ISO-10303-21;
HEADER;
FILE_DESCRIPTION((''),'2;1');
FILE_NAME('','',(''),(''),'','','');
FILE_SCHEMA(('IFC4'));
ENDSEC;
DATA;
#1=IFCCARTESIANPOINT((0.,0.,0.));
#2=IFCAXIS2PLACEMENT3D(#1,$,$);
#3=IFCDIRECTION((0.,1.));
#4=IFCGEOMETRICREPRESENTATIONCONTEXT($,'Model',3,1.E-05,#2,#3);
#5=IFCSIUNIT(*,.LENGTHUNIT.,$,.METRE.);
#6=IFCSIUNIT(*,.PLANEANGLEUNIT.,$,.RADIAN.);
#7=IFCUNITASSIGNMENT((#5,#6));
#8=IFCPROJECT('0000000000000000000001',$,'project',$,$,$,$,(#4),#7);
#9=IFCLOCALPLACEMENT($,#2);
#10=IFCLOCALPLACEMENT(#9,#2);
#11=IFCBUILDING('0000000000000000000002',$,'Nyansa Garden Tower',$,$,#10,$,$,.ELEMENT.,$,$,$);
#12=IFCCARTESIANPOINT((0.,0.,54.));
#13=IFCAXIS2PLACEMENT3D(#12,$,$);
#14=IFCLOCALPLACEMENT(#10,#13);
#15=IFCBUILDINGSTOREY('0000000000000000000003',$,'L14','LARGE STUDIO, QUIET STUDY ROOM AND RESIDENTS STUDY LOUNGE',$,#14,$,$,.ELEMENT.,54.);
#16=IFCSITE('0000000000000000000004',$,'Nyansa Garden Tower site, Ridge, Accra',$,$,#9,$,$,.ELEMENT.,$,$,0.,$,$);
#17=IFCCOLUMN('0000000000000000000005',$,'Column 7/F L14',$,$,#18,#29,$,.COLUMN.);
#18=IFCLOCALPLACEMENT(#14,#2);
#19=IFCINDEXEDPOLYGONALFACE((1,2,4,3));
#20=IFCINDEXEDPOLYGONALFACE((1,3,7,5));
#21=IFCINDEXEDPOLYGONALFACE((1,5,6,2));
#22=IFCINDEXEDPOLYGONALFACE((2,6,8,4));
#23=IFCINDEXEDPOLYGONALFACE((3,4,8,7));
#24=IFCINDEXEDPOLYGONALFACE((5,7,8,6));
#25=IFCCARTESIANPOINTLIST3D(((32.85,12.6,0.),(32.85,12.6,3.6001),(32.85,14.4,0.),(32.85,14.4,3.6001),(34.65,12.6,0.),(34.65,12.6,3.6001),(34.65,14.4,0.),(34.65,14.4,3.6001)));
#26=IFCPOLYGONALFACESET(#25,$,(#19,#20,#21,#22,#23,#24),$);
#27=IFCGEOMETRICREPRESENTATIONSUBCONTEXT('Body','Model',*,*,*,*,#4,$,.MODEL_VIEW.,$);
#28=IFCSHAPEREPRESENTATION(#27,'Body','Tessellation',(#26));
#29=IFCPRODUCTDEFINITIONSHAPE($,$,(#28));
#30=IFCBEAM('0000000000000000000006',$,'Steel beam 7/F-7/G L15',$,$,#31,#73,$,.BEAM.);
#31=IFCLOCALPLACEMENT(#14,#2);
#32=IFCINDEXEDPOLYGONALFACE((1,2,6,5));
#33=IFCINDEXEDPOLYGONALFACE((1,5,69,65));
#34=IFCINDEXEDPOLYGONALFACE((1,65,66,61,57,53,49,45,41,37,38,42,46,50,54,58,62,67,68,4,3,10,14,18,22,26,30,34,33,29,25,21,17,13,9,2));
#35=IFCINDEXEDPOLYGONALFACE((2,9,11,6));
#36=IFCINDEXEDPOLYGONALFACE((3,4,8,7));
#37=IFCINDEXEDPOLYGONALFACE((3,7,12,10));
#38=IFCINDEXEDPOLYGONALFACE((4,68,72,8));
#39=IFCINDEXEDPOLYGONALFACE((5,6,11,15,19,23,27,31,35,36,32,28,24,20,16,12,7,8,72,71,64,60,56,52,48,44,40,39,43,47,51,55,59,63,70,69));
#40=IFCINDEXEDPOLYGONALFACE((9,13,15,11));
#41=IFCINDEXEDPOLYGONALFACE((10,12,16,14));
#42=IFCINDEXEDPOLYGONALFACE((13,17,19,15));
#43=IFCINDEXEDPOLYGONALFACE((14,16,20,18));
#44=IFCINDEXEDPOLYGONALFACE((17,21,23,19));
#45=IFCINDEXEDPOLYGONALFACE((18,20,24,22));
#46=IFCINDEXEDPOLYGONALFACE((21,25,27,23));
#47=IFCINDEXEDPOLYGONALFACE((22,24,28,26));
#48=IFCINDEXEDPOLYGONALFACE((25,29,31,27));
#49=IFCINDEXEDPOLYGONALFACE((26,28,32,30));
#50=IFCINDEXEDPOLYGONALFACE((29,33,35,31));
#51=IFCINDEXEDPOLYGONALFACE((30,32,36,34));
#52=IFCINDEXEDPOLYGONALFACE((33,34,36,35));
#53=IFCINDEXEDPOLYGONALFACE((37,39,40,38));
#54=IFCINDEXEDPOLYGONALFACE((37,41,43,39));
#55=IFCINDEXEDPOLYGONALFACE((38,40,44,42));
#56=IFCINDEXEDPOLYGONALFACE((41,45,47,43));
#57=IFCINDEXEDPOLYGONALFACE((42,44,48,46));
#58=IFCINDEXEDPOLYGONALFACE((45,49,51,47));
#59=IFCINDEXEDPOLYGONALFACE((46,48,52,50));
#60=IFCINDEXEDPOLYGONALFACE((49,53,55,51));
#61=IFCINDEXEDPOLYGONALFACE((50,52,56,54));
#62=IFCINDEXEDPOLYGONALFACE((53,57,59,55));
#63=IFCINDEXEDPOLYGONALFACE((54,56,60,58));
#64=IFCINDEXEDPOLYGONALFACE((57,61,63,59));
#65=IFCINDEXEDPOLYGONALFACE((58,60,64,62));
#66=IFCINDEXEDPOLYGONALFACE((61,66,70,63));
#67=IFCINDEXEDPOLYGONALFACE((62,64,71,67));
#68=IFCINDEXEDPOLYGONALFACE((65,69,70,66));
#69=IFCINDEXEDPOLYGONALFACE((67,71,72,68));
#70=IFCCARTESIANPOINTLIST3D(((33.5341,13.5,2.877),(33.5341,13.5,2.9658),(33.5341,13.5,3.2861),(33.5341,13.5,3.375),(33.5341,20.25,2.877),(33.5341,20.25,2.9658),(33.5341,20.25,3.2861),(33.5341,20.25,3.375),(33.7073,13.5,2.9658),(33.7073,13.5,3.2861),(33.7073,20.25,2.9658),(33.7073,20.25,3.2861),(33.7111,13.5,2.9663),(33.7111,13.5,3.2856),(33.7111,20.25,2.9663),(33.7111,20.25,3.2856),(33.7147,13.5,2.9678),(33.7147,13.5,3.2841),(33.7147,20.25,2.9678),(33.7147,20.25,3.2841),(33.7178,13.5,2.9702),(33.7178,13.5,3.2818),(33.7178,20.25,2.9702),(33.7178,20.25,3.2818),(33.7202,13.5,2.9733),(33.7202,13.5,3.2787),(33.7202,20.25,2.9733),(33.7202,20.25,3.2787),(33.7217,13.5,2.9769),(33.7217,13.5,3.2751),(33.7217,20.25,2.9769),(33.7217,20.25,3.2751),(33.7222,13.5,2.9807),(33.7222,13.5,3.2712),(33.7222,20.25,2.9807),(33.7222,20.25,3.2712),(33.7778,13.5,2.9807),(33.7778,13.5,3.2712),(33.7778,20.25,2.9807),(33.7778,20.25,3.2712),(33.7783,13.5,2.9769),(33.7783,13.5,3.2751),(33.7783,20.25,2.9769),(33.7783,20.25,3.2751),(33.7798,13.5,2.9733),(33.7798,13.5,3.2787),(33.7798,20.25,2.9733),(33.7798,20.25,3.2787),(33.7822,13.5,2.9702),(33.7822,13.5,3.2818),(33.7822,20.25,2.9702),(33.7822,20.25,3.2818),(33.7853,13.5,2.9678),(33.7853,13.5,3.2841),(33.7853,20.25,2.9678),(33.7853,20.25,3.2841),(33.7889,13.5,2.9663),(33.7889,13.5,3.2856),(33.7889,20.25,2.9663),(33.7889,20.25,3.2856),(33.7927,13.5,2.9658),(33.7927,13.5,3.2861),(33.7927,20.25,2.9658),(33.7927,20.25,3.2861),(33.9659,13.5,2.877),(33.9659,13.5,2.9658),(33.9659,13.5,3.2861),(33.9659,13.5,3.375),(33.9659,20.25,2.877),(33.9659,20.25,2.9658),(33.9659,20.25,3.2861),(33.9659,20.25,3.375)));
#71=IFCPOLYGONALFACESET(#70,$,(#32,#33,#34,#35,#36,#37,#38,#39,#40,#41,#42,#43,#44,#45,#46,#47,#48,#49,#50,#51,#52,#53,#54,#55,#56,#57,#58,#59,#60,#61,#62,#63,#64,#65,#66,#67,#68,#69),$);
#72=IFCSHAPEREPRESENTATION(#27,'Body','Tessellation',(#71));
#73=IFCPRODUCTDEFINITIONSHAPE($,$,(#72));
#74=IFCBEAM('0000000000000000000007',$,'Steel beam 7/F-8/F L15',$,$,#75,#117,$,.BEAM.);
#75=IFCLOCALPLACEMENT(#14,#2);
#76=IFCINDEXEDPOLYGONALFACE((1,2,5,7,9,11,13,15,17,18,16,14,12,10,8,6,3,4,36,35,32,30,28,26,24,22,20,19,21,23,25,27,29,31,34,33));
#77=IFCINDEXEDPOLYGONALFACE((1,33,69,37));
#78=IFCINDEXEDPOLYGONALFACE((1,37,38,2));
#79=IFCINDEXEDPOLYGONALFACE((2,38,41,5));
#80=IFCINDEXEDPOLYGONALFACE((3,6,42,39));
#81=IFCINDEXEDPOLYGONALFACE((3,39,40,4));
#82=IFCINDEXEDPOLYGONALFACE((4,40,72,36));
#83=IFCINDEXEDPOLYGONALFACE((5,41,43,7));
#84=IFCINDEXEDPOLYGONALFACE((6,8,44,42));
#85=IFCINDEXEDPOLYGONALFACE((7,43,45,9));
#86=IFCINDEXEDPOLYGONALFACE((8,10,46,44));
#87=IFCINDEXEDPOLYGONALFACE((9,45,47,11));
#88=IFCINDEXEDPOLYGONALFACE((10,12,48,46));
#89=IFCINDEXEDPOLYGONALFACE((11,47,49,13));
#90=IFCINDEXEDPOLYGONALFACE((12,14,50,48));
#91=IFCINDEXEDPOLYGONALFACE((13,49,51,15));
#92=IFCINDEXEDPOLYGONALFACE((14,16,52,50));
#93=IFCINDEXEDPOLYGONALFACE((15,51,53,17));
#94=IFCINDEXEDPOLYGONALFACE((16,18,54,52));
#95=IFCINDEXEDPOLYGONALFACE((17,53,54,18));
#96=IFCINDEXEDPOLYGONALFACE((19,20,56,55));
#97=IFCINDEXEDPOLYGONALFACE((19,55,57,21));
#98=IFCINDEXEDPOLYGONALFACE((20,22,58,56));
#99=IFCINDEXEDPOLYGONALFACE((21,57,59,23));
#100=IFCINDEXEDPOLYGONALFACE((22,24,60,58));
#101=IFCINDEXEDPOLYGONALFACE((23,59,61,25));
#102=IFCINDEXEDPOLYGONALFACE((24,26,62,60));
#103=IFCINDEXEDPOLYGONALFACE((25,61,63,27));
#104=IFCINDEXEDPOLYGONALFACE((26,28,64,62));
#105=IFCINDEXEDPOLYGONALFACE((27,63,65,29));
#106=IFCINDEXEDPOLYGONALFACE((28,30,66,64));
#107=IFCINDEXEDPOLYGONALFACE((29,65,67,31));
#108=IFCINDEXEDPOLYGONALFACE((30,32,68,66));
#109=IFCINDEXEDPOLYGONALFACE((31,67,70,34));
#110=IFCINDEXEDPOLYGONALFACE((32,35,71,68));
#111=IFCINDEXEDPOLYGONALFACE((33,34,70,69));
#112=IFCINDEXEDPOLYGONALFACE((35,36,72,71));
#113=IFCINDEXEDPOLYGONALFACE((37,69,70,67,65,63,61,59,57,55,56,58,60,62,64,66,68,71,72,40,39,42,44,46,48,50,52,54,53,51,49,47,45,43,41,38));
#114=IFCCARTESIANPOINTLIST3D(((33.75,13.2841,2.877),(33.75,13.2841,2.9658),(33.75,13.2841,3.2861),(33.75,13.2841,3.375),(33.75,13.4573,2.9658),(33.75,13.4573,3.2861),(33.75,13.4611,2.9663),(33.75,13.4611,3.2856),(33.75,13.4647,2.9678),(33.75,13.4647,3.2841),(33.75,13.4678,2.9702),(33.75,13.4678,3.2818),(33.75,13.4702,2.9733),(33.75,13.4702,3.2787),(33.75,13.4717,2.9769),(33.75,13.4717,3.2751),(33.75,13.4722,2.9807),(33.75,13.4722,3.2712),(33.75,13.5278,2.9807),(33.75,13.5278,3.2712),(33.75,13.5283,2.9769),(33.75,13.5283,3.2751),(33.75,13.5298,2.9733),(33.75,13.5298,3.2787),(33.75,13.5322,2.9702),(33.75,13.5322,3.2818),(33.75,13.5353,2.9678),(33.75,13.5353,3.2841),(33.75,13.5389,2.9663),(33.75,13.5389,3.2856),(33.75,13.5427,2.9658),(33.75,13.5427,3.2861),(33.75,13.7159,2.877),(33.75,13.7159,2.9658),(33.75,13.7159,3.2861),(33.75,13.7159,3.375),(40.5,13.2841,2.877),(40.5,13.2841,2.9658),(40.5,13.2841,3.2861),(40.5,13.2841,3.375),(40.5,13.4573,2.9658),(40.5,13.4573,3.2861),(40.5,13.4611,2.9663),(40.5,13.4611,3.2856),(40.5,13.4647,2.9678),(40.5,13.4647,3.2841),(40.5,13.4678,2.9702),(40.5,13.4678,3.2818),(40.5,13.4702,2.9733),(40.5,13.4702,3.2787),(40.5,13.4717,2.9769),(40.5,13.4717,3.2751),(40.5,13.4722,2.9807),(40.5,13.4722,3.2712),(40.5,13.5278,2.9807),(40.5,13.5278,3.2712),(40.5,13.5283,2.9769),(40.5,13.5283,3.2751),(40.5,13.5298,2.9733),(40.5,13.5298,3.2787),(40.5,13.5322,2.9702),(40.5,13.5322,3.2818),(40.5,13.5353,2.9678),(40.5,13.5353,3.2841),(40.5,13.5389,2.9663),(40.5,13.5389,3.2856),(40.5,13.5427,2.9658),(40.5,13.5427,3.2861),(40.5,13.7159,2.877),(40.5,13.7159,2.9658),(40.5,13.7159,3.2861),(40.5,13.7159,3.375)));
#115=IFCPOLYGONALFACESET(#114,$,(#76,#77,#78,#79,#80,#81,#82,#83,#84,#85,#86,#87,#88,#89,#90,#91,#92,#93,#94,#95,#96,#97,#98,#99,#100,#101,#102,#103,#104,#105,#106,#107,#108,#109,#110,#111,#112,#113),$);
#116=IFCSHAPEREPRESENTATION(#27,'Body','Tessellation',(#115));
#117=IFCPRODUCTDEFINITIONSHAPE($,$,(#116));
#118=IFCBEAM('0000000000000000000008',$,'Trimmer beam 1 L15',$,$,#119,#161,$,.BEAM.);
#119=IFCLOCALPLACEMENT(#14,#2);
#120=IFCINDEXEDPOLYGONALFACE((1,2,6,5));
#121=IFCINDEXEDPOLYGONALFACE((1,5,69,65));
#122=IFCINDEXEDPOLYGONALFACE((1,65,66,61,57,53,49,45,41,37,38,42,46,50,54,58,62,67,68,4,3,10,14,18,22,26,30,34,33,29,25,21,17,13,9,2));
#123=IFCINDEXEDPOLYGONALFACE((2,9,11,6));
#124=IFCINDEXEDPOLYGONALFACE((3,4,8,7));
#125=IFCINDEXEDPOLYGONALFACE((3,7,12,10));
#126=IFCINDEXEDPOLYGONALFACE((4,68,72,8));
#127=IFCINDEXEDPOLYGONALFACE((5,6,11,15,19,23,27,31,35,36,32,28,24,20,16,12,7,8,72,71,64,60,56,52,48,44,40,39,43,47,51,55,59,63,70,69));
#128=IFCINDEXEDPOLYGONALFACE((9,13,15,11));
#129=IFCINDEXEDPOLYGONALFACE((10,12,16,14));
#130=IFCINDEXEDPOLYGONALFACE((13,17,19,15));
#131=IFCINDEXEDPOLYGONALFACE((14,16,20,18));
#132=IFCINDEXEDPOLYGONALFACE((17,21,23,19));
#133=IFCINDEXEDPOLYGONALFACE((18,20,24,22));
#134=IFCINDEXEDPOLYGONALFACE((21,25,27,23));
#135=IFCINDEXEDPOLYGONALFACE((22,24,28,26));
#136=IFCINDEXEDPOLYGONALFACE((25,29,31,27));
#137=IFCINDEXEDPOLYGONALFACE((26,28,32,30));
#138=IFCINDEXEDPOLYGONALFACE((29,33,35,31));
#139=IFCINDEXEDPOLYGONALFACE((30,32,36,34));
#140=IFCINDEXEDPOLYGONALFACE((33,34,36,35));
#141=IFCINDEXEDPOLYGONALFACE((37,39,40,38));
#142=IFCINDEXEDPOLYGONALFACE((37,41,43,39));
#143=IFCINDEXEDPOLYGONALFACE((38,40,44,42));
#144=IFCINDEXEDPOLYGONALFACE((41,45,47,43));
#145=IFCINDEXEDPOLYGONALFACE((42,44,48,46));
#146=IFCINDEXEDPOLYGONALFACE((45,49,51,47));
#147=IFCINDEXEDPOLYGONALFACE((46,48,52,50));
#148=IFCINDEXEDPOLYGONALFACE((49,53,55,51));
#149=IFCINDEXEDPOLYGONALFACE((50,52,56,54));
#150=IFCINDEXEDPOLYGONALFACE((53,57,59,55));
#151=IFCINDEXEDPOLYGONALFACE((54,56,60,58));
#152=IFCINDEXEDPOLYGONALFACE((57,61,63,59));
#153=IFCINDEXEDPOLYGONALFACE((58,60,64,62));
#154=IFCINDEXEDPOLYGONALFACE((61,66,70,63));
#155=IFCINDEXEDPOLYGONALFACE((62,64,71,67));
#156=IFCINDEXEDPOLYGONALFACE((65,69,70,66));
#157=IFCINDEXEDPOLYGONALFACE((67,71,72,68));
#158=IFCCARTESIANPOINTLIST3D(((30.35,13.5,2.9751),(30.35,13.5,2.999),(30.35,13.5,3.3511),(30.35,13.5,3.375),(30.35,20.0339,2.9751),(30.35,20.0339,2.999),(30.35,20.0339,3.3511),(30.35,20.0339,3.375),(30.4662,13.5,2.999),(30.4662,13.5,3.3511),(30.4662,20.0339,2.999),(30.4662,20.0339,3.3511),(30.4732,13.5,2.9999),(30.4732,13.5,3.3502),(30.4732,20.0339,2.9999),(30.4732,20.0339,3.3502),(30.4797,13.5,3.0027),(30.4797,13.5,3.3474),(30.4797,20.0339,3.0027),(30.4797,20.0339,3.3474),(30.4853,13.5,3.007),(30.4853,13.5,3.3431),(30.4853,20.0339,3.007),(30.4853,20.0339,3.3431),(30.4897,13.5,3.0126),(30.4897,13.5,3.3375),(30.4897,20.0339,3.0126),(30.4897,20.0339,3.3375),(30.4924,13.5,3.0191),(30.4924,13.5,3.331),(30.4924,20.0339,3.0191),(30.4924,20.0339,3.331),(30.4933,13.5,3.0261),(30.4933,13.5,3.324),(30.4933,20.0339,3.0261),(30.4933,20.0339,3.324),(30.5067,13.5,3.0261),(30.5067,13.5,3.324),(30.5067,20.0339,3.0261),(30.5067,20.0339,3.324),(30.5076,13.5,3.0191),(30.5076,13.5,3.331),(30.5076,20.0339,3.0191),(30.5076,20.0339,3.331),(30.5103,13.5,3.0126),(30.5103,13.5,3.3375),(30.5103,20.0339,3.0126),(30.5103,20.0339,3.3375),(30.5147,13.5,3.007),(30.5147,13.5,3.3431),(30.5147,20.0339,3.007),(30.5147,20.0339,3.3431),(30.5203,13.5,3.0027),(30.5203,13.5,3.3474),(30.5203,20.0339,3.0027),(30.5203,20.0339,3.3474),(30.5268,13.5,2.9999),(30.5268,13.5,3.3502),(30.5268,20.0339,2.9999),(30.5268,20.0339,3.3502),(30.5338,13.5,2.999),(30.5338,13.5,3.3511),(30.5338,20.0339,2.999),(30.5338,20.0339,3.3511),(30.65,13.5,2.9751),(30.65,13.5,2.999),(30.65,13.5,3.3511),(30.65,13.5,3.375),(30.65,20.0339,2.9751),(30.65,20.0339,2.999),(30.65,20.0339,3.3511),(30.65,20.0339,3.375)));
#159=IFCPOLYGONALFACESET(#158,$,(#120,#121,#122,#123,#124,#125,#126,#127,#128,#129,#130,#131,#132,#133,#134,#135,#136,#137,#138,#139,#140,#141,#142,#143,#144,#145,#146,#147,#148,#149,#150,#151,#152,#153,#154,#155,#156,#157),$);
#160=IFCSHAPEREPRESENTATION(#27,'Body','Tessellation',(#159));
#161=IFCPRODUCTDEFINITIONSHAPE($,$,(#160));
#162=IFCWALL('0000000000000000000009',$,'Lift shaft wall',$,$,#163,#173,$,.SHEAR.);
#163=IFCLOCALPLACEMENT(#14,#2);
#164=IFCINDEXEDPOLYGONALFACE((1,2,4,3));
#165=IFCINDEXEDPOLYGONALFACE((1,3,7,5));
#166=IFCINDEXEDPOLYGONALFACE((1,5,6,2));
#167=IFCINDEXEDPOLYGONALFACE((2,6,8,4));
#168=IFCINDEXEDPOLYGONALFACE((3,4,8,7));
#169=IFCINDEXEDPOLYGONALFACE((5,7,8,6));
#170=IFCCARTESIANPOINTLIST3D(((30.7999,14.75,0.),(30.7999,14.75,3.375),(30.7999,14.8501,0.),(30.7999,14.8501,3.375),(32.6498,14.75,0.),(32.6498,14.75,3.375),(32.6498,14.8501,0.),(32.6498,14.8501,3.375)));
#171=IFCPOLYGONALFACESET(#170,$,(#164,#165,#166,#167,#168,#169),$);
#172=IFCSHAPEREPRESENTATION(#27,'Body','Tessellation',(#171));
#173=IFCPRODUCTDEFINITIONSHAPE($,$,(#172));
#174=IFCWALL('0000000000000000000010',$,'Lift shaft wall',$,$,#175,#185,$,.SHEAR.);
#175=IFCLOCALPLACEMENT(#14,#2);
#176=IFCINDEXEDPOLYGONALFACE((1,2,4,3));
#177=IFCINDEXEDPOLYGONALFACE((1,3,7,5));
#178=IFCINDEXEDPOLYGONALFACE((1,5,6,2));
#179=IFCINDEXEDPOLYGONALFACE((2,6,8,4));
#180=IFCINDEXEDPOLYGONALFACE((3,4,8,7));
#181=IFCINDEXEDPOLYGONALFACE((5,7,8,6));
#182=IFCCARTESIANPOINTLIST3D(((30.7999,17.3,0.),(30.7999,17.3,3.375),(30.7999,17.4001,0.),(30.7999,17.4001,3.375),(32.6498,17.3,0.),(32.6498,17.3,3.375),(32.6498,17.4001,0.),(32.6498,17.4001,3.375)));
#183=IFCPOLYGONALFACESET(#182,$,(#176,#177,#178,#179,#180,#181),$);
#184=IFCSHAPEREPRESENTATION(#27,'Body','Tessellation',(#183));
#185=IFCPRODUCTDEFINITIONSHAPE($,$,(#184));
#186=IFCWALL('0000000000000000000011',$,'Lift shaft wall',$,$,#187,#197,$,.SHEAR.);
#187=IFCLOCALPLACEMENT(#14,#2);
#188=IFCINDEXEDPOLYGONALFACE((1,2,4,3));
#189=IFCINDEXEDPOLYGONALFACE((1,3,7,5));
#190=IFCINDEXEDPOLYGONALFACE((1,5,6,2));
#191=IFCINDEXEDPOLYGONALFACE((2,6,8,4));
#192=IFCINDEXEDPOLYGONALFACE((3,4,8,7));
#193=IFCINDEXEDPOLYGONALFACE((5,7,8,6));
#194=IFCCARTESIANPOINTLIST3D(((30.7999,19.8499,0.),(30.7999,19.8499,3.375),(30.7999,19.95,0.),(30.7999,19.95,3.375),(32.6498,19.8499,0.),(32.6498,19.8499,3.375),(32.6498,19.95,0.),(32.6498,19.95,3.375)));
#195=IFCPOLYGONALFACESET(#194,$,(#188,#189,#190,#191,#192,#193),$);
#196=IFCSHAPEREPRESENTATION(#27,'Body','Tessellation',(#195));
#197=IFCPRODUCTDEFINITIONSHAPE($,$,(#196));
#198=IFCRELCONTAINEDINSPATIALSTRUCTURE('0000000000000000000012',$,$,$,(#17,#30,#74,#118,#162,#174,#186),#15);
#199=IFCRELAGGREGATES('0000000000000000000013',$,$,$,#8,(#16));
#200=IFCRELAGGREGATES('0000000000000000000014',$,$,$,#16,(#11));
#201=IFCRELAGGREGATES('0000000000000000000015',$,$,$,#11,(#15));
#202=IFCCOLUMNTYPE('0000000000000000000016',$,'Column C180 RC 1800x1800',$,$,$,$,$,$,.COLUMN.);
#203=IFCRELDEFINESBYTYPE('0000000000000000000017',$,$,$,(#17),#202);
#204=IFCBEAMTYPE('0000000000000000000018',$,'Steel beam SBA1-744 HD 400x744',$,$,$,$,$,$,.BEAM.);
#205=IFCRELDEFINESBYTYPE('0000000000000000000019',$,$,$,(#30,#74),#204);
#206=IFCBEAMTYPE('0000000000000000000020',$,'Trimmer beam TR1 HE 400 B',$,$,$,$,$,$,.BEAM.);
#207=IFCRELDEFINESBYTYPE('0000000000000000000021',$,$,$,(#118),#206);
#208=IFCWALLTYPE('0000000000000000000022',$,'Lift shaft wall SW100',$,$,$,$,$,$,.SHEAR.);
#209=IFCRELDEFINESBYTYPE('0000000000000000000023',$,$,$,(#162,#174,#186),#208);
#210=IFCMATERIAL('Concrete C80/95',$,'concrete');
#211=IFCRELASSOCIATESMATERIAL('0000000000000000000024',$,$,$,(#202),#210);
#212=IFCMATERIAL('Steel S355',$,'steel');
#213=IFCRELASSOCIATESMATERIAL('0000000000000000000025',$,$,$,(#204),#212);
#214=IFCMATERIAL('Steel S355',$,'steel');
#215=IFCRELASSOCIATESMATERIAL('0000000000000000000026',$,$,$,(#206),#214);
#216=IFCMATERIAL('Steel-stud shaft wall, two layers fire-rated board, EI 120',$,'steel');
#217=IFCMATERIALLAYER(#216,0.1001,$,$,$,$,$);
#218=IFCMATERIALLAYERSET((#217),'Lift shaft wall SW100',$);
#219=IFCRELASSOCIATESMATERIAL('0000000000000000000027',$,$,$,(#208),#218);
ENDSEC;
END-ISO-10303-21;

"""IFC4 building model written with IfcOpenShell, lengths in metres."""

from ifc_helpers import new_model, si_unit, direction, frame, frame_2d, origin, origin_2d, place, context, subcontext, project, spatial, rectangle, i_section, extrude, material, layer, layer_set, material_profile, profile_set, type_object, element, save


model = new_model("IFC4")

# Units and contexts
model_context = context("Model", 3, precision=1e-05, world=origin(), true_north=direction((0.0, 1.0)))
body_context = subcontext(model_context, "Body", "Model", "MODEL_VIEW")
ifc_project = project(units=[si_unit("LENGTHUNIT", "METRE"), si_unit("PLANEANGLEUNIT", "RADIAN")], contexts=[model_context])

# Site, building, storey
site_placement = place(None, origin())
site = spatial("IfcSite", under=ifc_project, at=site_placement, Name="Nyansa Garden Tower site, Ridge, Accra", CompositionType="ELEMENT", RefElevation=0.0)
building_placement = place(site_placement, origin())
building = spatial("IfcBuilding", under=site, at=building_placement, Name="Nyansa Garden Tower", CompositionType="ELEMENT")
storey_placement = place(building_placement, frame((0.0, 0.0, 54.0)))
storey = spatial("IfcBuildingStorey", under=building, at=storey_placement, Name="L14", Description="LARGE STUDIO, QUIET STUDY ROOM AND RESIDENTS STUDY LOUNGE", CompositionType="ELEMENT", Elevation=54.0)

# Column
ifc_material_1 = material(Name="Concrete C80/95", Category="concrete")
ifc_material_profile_1 = material_profile(ifc_material_1, rectangle(XDim=1.8, YDim=1.8, at=origin_2d()), Name="RC 1800x1800")
ifc_profile_set_1 = profile_set([ifc_material_profile_1], Name="Concrete C80/95")
column_type = type_object("IfcColumnType", Name="Column C180 RC 1800x1800", PredefinedType="COLUMN", material=ifc_profile_set_1)
column_placement = place(storey_placement, frame((33.75, 13.5, 0.0), z_axis=(0.0, 0.0, 1.0), x_axis=(1.0, 0.0, 0.0)))
element("IfcColumn", 1, at=column_placement, inside=storey, type_object=column_type, Name="Column 7/F L14", PredefinedType="COLUMN", context=body_context, shape_type="SweptSolid", body=[
    extrude(rectangle(XDim=1.8, YDim=1.8, at=origin_2d()), origin(), (0.0, 0.0, 1.0), 3.6001),
])

# Beams
ifc_material_2 = material(Name="Steel S355", Category="steel")
ifc_material_profile_2 = material_profile(ifc_material_2, i_section(OverallWidth=0.4319, OverallDepth=0.498, WebThickness=0.0557, FlangeThickness=0.0889, FilletRadius=0.0149, at=origin_2d()), Name="HD 400x744")
ifc_profile_set_2 = profile_set([ifc_material_profile_2], Name="Steel S355")
beam_type_1 = type_object("IfcBeamType", Name="Steel beam SBA1-744 HD 400x744", PredefinedType="BEAM", material=ifc_profile_set_2)
for number, where, z_axis, x_axis, name in (
    (2, (33.75, 13.5, 3.126), (0.0, 1.0, 0.0), (-1.0, 0.0, 0.0), "Steel beam 7/F-7/G L15"),
    (3, (33.75, 13.5, 3.126), (1.0, 0.0, 0.0), (0.0, 1.0, 0.0), "Steel beam 7/F-8/F L15"),
):
    element("IfcBeam", number, at=place(storey_placement, frame(where, z_axis=z_axis, x_axis=x_axis)), inside=storey, type_object=beam_type_1, Name=name, PredefinedType="BEAM", context=body_context, shape_type="SweptSolid", body=[
        extrude(i_section(OverallWidth=0.4319, OverallDepth=0.498, WebThickness=0.0557, FlangeThickness=0.0889, FilletRadius=0.0149, at=origin_2d()), origin(), (0.0, 0.0, 1.0), 6.75),
    ])
ifc_material_3 = material(Name="Steel S355", Category="steel")
ifc_material_profile_3 = material_profile(ifc_material_3, i_section(OverallWidth=0.3, OverallDepth=0.3999, WebThickness=0.0134, FlangeThickness=0.0239, FilletRadius=0.0271, at=origin_2d()), Name="HE 400 B")
ifc_profile_set_3 = profile_set([ifc_material_profile_3], Name="Steel S355")
beam_type_2 = type_object("IfcBeamType", Name="Trimmer beam TR1 HE 400 B", PredefinedType="BEAM", material=ifc_profile_set_3)
beam_placement = place(storey_placement, frame((30.5, 13.5, 3.175), z_axis=(0.0, 1.0, 0.0), x_axis=(-1.0, 0.0, 0.0)))
element("IfcBeam", 4, at=beam_placement, inside=storey, type_object=beam_type_2, Name="Trimmer beam 1 L15", PredefinedType="BEAM", context=body_context, shape_type="SweptSolid", body=[
    extrude(i_section(OverallWidth=0.3, OverallDepth=0.3999, WebThickness=0.0134, FlangeThickness=0.0239, FilletRadius=0.0271, at=origin_2d()), origin(), (0.0, 0.0, 1.0), 6.5339),
])

# Walls
ifc_material_4 = material(Name="Steel-stud shaft wall, two layers fire-rated board, EI 120", Category="steel")
ifc_layer_1 = layer(ifc_material_4, 0.1001)
ifc_layer_set_1 = layer_set([ifc_layer_1], Name="Lift shaft wall SW100")
wall_type_1 = type_object("IfcWallType", Name="Lift shaft wall SW100", PredefinedType="SHEAR", material=ifc_layer_set_1)
for number, where, z_axis, x_axis, name in (
    (5, (30.8, 14.8, 0.0), (0.0, 0.0, 1.0), (1.0, 0.0, 0.0), "Lift shaft wall"),
    (6, (30.8, 17.3501, 0.0), (0.0, 0.0, 1.0), (1.0, 0.0, 0.0), "Lift shaft wall"),
    (7, (30.8, 19.8999, 0.0), (0.0, 0.0, 1.0), (1.0, 0.0, 0.0), "Lift shaft wall"),
):
    element("IfcWall", number, at=place(storey_placement, frame(where, z_axis=z_axis, x_axis=x_axis)), inside=storey, type_object=wall_type_1, Name=name, PredefinedType="SHEAR", context=body_context, shape_type="SweptSolid", body=[
        extrude(rectangle(XDim=1.8499, YDim=0.1001, at=frame_2d((0.9248, 0.0))), origin(), (0.0, 0.0, 1.0), 3.375),
    ])

save(model, "model.ifc")
